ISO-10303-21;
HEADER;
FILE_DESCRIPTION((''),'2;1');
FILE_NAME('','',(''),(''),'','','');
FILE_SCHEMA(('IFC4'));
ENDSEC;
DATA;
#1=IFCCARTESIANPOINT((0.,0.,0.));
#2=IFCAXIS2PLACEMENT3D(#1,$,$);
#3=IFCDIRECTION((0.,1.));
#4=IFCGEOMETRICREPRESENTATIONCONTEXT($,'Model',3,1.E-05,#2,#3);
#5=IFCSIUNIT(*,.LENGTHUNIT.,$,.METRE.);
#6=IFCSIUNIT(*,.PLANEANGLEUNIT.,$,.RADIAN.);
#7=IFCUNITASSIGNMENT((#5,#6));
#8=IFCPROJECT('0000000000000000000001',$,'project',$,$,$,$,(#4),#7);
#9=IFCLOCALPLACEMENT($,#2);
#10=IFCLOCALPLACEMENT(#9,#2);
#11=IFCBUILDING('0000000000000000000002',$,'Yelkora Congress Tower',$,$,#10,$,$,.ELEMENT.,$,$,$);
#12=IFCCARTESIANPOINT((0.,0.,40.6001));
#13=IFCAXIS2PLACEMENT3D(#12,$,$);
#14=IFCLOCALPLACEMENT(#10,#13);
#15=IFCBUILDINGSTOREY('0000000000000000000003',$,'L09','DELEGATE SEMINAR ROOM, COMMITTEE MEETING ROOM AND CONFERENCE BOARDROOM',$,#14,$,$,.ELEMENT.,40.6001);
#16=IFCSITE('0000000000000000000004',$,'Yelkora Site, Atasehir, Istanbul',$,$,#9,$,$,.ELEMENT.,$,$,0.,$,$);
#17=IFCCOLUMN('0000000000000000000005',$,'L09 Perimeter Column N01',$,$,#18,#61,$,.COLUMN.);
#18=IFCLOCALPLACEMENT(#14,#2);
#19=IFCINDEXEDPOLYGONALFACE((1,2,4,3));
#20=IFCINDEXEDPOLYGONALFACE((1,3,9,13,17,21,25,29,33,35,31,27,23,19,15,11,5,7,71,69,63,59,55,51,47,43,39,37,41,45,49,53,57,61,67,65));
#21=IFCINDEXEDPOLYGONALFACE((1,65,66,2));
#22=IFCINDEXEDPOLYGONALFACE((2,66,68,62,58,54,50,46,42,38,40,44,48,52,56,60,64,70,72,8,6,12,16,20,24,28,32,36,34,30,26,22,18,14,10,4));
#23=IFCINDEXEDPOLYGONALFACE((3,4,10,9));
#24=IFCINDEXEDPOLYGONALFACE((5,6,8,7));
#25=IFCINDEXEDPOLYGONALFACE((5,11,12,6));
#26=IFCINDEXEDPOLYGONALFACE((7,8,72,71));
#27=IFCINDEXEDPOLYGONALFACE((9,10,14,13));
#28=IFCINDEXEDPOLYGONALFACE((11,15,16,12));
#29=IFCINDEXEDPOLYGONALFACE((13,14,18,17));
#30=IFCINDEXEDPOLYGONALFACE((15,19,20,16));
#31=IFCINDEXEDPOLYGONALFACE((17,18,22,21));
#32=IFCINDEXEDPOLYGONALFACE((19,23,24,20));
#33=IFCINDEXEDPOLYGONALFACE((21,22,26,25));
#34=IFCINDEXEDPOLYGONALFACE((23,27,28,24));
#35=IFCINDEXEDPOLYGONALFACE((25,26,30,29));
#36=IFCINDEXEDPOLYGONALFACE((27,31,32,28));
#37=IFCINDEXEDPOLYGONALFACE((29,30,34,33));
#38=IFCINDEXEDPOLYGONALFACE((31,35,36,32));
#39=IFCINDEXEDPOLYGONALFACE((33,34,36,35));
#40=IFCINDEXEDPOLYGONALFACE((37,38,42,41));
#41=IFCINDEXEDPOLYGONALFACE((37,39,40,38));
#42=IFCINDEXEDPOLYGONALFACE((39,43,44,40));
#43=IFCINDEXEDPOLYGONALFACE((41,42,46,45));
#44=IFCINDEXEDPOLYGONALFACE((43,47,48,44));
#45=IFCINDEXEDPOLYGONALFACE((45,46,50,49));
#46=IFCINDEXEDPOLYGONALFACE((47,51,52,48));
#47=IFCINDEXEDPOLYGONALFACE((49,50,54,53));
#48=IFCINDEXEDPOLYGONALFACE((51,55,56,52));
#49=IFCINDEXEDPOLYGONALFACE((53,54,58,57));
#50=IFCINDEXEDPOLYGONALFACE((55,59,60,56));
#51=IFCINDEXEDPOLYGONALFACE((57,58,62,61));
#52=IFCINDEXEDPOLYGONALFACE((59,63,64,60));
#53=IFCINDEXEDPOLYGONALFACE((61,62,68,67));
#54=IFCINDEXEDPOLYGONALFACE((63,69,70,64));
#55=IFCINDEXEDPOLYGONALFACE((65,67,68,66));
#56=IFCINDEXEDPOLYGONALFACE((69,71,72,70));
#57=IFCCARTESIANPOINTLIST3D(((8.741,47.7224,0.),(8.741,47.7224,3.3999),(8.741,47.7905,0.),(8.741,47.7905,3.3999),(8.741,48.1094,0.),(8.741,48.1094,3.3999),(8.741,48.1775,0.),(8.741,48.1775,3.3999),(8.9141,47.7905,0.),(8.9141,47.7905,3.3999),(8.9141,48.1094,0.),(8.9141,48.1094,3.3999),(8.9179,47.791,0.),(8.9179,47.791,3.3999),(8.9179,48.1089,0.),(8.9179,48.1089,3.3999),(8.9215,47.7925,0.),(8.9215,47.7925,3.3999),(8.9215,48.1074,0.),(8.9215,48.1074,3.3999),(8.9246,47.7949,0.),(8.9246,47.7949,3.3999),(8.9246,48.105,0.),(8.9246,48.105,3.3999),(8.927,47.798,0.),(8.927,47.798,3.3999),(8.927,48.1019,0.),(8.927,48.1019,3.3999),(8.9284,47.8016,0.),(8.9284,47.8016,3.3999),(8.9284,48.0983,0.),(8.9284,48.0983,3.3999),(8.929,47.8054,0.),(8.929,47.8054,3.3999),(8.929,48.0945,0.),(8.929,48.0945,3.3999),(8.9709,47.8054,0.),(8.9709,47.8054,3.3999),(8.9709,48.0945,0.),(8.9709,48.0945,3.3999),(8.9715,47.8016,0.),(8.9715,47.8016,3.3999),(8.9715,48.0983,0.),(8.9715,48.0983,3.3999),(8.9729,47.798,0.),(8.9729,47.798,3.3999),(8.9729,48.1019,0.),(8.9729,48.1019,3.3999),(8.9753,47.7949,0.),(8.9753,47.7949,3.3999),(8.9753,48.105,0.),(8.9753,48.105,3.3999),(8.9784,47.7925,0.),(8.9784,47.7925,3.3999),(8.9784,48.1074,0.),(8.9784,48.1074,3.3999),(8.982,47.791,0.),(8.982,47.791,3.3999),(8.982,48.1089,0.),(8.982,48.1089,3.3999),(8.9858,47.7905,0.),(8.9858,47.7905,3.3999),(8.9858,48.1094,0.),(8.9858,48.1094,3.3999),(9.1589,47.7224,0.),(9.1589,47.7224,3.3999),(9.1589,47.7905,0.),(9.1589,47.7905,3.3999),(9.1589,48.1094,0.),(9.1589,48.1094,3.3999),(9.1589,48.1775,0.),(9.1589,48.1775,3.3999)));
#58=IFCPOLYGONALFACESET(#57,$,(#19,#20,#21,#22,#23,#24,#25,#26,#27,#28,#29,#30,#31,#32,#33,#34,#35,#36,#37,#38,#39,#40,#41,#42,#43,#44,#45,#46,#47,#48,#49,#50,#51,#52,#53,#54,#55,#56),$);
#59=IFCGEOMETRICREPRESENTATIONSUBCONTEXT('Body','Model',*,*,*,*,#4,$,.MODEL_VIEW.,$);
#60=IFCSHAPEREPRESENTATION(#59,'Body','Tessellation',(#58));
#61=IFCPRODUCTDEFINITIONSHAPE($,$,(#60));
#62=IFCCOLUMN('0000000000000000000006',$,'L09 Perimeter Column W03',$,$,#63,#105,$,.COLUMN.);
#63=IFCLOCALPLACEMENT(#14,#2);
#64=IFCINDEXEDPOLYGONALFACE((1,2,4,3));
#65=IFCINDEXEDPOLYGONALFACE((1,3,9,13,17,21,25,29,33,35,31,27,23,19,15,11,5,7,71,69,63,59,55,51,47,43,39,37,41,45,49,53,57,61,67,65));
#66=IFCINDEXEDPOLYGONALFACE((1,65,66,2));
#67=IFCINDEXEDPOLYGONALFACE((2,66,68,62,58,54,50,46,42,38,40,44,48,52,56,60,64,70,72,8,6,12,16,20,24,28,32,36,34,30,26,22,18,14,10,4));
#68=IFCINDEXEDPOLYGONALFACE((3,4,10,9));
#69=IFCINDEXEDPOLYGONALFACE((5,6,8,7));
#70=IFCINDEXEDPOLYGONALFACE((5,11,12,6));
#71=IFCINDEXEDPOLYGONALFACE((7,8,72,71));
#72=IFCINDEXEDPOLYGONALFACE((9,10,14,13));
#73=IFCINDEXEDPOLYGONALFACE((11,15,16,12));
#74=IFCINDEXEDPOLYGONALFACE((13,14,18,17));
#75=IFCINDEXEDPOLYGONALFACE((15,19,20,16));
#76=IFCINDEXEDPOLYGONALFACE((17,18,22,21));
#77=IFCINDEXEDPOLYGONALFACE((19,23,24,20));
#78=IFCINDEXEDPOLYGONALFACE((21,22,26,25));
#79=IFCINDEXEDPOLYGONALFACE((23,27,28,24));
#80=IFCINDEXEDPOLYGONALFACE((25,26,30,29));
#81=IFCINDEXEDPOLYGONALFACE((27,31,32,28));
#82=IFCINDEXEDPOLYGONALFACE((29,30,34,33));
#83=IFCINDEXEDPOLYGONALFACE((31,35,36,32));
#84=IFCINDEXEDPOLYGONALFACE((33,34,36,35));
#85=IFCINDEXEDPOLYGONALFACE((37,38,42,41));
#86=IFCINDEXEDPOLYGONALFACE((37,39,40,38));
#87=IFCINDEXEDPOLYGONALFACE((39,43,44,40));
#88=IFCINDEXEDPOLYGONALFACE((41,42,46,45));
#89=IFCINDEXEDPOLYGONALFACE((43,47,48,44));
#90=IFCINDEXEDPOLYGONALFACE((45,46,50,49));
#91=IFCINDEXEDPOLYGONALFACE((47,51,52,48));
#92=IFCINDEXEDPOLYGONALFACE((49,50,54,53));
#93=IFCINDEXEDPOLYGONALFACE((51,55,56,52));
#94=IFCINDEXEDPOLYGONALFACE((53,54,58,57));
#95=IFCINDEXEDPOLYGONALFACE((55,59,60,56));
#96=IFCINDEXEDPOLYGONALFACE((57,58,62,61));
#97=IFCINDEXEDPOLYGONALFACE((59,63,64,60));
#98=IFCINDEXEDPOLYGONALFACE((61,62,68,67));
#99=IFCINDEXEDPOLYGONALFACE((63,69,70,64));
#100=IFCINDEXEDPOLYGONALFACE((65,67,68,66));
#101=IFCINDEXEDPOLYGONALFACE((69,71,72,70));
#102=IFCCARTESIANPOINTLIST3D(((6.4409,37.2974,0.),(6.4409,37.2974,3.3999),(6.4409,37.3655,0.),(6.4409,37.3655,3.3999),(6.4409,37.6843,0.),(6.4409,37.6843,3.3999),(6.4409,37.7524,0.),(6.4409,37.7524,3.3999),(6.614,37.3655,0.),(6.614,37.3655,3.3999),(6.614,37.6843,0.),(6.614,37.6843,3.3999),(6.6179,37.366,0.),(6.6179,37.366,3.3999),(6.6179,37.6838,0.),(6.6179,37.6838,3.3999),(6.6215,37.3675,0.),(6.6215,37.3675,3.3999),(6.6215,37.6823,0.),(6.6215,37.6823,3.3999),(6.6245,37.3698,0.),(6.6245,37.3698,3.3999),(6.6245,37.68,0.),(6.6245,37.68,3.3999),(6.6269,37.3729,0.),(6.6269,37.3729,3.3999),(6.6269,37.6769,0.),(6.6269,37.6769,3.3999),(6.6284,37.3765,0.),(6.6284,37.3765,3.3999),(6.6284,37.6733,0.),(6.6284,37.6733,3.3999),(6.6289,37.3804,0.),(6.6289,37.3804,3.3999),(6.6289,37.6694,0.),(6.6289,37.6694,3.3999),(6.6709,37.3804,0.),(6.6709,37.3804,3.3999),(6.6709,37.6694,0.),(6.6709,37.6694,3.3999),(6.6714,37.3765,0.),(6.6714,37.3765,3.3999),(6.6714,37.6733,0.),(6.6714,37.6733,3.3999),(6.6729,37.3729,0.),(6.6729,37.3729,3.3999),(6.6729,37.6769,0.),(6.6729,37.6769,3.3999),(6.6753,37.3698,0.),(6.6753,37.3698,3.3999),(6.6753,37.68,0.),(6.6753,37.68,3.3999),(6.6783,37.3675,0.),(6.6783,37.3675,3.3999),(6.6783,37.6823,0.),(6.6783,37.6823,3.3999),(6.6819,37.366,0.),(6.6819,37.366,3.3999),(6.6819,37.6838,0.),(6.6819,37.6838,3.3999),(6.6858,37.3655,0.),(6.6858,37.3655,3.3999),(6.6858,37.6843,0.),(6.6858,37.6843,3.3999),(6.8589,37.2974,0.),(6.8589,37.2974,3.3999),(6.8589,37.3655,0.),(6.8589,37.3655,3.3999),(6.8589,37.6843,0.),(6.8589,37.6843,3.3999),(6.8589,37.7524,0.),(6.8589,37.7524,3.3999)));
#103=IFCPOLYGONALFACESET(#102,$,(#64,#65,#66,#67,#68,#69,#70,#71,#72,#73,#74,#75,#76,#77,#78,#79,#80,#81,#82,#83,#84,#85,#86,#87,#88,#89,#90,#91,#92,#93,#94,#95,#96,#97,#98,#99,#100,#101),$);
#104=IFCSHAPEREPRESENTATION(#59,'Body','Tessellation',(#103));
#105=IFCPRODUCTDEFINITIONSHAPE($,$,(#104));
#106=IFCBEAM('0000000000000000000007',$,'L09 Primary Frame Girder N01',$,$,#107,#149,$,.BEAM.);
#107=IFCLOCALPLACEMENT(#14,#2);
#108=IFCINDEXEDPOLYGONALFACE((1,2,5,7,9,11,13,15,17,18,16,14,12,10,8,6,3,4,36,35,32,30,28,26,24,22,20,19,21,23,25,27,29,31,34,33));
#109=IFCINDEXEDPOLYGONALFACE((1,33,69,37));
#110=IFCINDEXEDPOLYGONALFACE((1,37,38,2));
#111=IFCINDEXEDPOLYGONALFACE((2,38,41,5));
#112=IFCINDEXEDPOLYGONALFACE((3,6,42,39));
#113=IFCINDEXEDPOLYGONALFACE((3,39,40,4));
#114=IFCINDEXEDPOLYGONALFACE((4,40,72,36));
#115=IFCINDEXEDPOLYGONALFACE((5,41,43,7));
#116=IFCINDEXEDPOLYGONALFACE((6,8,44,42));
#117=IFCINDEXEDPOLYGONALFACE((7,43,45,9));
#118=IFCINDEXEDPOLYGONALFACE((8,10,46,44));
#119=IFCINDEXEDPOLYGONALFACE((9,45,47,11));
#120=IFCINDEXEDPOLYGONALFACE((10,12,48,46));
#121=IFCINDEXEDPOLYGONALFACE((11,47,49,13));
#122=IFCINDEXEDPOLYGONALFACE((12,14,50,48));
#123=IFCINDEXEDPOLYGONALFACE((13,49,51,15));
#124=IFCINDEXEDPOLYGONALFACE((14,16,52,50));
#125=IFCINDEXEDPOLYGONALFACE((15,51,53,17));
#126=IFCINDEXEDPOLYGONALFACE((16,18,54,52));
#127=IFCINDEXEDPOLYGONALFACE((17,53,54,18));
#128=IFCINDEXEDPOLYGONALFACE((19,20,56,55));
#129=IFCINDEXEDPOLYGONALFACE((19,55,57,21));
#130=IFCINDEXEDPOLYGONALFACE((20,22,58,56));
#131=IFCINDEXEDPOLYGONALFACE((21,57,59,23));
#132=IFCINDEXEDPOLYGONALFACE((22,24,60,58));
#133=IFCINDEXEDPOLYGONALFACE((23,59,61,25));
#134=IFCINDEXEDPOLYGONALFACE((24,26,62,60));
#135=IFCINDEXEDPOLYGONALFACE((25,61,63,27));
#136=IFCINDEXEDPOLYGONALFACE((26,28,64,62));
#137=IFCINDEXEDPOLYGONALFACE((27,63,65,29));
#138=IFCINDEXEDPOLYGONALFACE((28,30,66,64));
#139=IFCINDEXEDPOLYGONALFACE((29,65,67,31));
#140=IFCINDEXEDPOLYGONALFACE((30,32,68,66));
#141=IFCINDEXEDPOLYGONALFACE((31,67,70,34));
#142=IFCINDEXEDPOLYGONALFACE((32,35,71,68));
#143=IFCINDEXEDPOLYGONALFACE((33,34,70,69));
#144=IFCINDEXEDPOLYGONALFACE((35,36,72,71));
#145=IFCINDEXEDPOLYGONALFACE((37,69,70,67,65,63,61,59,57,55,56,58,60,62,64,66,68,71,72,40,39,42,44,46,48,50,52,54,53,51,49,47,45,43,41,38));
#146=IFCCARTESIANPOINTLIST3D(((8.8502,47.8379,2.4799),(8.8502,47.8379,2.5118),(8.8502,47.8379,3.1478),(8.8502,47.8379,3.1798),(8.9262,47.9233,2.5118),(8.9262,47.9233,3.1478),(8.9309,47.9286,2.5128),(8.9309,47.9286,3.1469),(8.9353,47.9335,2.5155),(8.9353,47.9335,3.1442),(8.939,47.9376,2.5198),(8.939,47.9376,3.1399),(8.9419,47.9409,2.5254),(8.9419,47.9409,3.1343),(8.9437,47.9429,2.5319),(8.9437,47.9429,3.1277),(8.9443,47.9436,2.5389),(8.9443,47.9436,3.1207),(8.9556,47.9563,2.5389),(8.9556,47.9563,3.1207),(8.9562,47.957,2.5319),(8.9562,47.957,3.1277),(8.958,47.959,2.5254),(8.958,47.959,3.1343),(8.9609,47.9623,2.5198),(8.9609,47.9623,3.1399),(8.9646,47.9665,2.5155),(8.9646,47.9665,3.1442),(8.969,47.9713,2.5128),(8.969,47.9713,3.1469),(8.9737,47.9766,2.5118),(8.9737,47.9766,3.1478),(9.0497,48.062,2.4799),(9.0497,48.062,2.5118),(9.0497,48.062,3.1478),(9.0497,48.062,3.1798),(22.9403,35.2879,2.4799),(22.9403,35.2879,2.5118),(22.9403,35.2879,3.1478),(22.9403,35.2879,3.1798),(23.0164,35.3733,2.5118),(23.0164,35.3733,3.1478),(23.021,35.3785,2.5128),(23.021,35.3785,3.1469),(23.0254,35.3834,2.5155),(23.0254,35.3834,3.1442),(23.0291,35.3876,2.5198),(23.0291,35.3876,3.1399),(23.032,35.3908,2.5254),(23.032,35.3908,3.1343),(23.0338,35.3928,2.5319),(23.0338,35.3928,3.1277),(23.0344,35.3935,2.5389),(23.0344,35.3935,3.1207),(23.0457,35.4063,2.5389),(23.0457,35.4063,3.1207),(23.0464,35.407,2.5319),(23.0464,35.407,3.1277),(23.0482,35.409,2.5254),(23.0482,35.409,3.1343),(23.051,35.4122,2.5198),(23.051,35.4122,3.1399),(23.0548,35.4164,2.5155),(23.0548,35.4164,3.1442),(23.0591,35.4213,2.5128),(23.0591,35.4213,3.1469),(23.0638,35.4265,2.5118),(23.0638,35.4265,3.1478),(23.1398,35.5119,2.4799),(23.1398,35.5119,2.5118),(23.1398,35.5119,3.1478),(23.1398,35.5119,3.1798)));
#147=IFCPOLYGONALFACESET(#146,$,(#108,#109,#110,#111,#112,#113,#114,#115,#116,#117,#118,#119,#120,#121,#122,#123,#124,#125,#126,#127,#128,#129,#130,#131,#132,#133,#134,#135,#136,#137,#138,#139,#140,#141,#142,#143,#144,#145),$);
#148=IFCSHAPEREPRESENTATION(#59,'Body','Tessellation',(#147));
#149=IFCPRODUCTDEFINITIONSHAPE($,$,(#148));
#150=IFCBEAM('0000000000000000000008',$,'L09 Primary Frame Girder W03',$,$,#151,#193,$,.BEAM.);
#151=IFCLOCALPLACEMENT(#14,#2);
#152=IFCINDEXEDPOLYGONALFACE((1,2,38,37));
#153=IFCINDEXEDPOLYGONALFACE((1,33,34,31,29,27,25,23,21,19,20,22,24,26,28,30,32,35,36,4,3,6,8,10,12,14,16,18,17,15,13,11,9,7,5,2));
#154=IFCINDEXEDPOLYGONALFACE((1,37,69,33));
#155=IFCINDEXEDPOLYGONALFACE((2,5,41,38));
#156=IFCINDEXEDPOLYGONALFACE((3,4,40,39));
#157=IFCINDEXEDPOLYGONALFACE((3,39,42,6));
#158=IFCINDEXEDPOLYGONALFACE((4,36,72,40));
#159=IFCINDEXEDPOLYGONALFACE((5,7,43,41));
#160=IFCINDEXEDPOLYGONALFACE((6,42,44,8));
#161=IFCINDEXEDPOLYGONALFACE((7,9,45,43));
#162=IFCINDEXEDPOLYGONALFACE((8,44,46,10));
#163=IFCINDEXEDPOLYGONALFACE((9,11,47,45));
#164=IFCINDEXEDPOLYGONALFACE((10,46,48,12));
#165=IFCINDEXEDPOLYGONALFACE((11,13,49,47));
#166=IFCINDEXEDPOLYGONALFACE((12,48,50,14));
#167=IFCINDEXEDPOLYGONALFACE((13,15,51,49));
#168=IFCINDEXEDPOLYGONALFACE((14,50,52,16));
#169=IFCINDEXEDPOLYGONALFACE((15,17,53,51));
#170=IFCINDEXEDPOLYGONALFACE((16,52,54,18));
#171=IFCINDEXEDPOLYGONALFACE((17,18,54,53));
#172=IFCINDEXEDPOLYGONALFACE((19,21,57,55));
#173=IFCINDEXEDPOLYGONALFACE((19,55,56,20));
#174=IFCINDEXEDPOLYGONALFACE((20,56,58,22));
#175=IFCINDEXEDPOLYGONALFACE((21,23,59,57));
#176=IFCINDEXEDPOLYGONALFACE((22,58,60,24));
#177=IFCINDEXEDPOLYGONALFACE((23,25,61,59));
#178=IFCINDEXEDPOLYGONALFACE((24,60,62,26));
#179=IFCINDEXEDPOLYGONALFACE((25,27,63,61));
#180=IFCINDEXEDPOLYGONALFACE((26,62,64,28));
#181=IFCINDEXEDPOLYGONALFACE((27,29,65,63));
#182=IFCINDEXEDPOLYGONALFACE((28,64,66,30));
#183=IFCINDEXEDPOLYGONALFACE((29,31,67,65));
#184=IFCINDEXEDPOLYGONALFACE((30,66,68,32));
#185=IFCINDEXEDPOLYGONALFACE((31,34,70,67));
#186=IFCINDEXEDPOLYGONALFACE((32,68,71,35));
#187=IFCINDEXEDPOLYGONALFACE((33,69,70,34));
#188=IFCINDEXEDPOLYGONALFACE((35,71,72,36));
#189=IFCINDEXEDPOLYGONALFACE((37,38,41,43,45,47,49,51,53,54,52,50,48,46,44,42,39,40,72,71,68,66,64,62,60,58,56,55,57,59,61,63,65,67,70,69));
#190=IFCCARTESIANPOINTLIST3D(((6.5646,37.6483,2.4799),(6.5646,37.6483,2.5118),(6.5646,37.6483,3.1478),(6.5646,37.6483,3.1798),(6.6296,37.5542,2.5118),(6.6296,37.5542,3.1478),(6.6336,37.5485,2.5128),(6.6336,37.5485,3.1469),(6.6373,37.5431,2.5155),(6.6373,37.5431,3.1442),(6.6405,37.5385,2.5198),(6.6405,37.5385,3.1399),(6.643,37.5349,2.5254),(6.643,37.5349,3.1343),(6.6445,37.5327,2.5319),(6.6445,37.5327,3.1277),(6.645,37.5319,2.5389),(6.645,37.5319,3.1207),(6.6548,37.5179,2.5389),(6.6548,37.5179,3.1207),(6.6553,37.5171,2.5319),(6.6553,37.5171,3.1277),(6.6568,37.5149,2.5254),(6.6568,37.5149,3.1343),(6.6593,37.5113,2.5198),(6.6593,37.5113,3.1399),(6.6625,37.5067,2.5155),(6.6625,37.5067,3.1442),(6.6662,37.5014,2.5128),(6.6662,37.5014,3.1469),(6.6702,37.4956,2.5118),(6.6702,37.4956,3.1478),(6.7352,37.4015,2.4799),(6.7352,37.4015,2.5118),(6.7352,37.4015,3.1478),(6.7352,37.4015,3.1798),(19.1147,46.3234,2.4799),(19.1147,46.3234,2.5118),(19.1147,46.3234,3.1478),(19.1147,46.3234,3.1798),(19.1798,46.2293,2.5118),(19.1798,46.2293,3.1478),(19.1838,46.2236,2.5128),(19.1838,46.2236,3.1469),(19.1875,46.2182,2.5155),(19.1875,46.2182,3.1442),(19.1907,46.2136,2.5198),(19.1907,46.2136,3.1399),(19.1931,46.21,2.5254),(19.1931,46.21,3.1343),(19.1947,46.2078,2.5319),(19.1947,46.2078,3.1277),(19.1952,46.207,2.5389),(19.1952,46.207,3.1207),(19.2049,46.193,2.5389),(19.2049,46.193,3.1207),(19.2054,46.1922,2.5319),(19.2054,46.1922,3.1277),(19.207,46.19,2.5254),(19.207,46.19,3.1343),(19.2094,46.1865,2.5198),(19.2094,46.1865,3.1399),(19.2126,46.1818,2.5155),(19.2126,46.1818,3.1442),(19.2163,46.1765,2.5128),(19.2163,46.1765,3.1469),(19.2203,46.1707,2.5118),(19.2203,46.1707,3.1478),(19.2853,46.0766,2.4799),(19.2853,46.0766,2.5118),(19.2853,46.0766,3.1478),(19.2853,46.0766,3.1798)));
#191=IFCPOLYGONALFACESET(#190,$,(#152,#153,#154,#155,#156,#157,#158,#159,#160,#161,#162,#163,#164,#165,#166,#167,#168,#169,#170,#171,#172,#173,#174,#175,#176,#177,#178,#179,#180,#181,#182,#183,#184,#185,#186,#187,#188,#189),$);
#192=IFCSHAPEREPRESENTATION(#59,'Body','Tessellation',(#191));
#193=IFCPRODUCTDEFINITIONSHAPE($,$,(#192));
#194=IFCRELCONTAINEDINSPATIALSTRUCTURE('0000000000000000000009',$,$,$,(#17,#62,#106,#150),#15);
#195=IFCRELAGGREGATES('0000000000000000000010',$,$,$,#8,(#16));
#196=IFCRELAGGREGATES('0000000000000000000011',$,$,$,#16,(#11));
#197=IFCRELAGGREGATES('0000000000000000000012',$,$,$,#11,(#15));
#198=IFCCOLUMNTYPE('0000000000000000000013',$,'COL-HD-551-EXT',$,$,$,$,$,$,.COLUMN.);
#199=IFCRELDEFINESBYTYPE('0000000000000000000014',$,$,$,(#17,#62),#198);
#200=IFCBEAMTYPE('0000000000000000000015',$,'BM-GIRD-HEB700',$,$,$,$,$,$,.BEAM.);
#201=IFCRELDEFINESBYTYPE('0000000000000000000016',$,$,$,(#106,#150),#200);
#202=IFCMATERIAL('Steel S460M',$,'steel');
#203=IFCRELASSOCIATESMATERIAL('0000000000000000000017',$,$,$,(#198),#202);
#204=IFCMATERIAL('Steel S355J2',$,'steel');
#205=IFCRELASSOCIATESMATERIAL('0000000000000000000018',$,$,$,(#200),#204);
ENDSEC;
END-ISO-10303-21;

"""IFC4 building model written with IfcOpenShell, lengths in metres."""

from ifc_helpers import new_model, si_unit, direction, frame, origin, origin_2d, place, context, subcontext, project, spatial, i_section, extrude, material, material_profile, profile_set, type_object, element, save


model = new_model("IFC4")

# Units and contexts
model_context = context("Model", 3, precision=1e-05, world=origin(), true_north=direction((0.0, 1.0)))
body_context = subcontext(model_context, "Body", "Model", "MODEL_VIEW")
ifc_project = project(units=[si_unit("LENGTHUNIT", "METRE"), si_unit("PLANEANGLEUNIT", "RADIAN")], contexts=[model_context])

# Site, building, storey
site_placement = place(None, origin())
site = spatial("IfcSite", under=ifc_project, at=site_placement, Name="Yelkora Site, Atasehir, Istanbul", CompositionType="ELEMENT", RefElevation=0.0)
building_placement = place(site_placement, origin())
building = spatial("IfcBuilding", under=site, at=building_placement, Name="Yelkora Congress Tower", CompositionType="ELEMENT")
storey_placement = place(building_placement, frame((0.0, 0.0, 40.6001)))
storey = spatial("IfcBuildingStorey", under=building, at=storey_placement, Name="L09", Description="DELEGATE SEMINAR ROOM, COMMITTEE MEETING ROOM AND CONFERENCE BOARDROOM", CompositionType="ELEMENT", Elevation=40.6001)

# Columns
ifc_material_1 = material(Name="Steel S460M", Category="steel")
ifc_material_profile_1 = material_profile(ifc_material_1, i_section(OverallWidth=0.418, OverallDepth=0.4551, WebThickness=0.042, FlangeThickness=0.0681, FilletRadius=0.0149, at=origin_2d()), Name="HD 400x551")
ifc_profile_set_1 = profile_set([ifc_material_profile_1], Name="Steel S460M")
column_type = type_object("IfcColumnType", Name="COL-HD-551-EXT", PredefinedType="COLUMN", material=ifc_profile_set_1)
for number, where, z_axis, x_axis, name in (
    (1, (8.95, 47.95, 0.0), (0.0, 0.0, 1.0), (1.0, 0.0, 0.0), "L09 Perimeter Column N01"),
    (2, (6.6499, 37.5249, 0.0), (0.0, 0.0, 1.0), (1.0, 0.0, 0.0), "L09 Perimeter Column W03"),
):
    element("IfcColumn", number, at=place(storey_placement, frame(where, z_axis=z_axis, x_axis=x_axis)), inside=storey, type_object=column_type, Name=name, PredefinedType="COLUMN", context=body_context, shape_type="SweptSolid", body=[
        extrude(i_section(OverallWidth=0.418, OverallDepth=0.4551, WebThickness=0.042, FlangeThickness=0.0681, FilletRadius=0.0149, at=origin_2d()), origin(), (0.0, 0.0, 1.0), 3.3999),
    ])

# Beams
ifc_material_2 = material(Name="Steel S355J2", Category="steel")
ifc_material_profile_2 = material_profile(ifc_material_2, i_section(OverallWidth=0.3, OverallDepth=0.7, WebThickness=0.0171, FlangeThickness=0.032, FilletRadius=0.0271, at=origin_2d()), Name="HEB 700")
ifc_profile_set_2 = profile_set([ifc_material_profile_2], Name="Steel S355J2")
beam_type_1 = type_object("IfcBeamType", Name="BM-GIRD-HEB700", PredefinedType="BEAM", material=ifc_profile_set_2)
beam_1_placement = place(storey_placement, frame((8.95, 47.95, 2.8298), z_axis=(0.746737, -0.665119, 0.0), x_axis=(0.665119, 0.746737, 0.0)))
element("IfcBeam", 3, at=beam_1_placement, inside=storey, type_object=beam_type_1, Name="L09 Primary Frame Girder N01", PredefinedType="BEAM", context=body_context, shape_type="SweptSolid", body=[
    extrude(i_section(OverallWidth=0.3, OverallDepth=0.7, WebThickness=0.0171, FlangeThickness=0.032, FilletRadius=0.0271, at=origin_2d()), origin(), (0.0, 0.0, 1.0), 18.8689),
])
beam_2_placement = place(storey_placement, frame((6.6499, 37.5249, 2.8298), z_axis=(0.822604, 0.568614, 0.0), x_axis=(-0.568614, 0.822604, 0.0)))
element("IfcBeam", 4, at=beam_2_placement, inside=storey, type_object=beam_type_1, Name="L09 Primary Frame Girder W03", PredefinedType="BEAM", context=body_context, shape_type="SweptSolid", body=[
    extrude(i_section(OverallWidth=0.3, OverallDepth=0.7, WebThickness=0.0171, FlangeThickness=0.032, FilletRadius=0.0271, at=origin_2d()), origin(), (0.0, 0.0, 1.0), 15.2566),
])

save(model, "model.ifc")
